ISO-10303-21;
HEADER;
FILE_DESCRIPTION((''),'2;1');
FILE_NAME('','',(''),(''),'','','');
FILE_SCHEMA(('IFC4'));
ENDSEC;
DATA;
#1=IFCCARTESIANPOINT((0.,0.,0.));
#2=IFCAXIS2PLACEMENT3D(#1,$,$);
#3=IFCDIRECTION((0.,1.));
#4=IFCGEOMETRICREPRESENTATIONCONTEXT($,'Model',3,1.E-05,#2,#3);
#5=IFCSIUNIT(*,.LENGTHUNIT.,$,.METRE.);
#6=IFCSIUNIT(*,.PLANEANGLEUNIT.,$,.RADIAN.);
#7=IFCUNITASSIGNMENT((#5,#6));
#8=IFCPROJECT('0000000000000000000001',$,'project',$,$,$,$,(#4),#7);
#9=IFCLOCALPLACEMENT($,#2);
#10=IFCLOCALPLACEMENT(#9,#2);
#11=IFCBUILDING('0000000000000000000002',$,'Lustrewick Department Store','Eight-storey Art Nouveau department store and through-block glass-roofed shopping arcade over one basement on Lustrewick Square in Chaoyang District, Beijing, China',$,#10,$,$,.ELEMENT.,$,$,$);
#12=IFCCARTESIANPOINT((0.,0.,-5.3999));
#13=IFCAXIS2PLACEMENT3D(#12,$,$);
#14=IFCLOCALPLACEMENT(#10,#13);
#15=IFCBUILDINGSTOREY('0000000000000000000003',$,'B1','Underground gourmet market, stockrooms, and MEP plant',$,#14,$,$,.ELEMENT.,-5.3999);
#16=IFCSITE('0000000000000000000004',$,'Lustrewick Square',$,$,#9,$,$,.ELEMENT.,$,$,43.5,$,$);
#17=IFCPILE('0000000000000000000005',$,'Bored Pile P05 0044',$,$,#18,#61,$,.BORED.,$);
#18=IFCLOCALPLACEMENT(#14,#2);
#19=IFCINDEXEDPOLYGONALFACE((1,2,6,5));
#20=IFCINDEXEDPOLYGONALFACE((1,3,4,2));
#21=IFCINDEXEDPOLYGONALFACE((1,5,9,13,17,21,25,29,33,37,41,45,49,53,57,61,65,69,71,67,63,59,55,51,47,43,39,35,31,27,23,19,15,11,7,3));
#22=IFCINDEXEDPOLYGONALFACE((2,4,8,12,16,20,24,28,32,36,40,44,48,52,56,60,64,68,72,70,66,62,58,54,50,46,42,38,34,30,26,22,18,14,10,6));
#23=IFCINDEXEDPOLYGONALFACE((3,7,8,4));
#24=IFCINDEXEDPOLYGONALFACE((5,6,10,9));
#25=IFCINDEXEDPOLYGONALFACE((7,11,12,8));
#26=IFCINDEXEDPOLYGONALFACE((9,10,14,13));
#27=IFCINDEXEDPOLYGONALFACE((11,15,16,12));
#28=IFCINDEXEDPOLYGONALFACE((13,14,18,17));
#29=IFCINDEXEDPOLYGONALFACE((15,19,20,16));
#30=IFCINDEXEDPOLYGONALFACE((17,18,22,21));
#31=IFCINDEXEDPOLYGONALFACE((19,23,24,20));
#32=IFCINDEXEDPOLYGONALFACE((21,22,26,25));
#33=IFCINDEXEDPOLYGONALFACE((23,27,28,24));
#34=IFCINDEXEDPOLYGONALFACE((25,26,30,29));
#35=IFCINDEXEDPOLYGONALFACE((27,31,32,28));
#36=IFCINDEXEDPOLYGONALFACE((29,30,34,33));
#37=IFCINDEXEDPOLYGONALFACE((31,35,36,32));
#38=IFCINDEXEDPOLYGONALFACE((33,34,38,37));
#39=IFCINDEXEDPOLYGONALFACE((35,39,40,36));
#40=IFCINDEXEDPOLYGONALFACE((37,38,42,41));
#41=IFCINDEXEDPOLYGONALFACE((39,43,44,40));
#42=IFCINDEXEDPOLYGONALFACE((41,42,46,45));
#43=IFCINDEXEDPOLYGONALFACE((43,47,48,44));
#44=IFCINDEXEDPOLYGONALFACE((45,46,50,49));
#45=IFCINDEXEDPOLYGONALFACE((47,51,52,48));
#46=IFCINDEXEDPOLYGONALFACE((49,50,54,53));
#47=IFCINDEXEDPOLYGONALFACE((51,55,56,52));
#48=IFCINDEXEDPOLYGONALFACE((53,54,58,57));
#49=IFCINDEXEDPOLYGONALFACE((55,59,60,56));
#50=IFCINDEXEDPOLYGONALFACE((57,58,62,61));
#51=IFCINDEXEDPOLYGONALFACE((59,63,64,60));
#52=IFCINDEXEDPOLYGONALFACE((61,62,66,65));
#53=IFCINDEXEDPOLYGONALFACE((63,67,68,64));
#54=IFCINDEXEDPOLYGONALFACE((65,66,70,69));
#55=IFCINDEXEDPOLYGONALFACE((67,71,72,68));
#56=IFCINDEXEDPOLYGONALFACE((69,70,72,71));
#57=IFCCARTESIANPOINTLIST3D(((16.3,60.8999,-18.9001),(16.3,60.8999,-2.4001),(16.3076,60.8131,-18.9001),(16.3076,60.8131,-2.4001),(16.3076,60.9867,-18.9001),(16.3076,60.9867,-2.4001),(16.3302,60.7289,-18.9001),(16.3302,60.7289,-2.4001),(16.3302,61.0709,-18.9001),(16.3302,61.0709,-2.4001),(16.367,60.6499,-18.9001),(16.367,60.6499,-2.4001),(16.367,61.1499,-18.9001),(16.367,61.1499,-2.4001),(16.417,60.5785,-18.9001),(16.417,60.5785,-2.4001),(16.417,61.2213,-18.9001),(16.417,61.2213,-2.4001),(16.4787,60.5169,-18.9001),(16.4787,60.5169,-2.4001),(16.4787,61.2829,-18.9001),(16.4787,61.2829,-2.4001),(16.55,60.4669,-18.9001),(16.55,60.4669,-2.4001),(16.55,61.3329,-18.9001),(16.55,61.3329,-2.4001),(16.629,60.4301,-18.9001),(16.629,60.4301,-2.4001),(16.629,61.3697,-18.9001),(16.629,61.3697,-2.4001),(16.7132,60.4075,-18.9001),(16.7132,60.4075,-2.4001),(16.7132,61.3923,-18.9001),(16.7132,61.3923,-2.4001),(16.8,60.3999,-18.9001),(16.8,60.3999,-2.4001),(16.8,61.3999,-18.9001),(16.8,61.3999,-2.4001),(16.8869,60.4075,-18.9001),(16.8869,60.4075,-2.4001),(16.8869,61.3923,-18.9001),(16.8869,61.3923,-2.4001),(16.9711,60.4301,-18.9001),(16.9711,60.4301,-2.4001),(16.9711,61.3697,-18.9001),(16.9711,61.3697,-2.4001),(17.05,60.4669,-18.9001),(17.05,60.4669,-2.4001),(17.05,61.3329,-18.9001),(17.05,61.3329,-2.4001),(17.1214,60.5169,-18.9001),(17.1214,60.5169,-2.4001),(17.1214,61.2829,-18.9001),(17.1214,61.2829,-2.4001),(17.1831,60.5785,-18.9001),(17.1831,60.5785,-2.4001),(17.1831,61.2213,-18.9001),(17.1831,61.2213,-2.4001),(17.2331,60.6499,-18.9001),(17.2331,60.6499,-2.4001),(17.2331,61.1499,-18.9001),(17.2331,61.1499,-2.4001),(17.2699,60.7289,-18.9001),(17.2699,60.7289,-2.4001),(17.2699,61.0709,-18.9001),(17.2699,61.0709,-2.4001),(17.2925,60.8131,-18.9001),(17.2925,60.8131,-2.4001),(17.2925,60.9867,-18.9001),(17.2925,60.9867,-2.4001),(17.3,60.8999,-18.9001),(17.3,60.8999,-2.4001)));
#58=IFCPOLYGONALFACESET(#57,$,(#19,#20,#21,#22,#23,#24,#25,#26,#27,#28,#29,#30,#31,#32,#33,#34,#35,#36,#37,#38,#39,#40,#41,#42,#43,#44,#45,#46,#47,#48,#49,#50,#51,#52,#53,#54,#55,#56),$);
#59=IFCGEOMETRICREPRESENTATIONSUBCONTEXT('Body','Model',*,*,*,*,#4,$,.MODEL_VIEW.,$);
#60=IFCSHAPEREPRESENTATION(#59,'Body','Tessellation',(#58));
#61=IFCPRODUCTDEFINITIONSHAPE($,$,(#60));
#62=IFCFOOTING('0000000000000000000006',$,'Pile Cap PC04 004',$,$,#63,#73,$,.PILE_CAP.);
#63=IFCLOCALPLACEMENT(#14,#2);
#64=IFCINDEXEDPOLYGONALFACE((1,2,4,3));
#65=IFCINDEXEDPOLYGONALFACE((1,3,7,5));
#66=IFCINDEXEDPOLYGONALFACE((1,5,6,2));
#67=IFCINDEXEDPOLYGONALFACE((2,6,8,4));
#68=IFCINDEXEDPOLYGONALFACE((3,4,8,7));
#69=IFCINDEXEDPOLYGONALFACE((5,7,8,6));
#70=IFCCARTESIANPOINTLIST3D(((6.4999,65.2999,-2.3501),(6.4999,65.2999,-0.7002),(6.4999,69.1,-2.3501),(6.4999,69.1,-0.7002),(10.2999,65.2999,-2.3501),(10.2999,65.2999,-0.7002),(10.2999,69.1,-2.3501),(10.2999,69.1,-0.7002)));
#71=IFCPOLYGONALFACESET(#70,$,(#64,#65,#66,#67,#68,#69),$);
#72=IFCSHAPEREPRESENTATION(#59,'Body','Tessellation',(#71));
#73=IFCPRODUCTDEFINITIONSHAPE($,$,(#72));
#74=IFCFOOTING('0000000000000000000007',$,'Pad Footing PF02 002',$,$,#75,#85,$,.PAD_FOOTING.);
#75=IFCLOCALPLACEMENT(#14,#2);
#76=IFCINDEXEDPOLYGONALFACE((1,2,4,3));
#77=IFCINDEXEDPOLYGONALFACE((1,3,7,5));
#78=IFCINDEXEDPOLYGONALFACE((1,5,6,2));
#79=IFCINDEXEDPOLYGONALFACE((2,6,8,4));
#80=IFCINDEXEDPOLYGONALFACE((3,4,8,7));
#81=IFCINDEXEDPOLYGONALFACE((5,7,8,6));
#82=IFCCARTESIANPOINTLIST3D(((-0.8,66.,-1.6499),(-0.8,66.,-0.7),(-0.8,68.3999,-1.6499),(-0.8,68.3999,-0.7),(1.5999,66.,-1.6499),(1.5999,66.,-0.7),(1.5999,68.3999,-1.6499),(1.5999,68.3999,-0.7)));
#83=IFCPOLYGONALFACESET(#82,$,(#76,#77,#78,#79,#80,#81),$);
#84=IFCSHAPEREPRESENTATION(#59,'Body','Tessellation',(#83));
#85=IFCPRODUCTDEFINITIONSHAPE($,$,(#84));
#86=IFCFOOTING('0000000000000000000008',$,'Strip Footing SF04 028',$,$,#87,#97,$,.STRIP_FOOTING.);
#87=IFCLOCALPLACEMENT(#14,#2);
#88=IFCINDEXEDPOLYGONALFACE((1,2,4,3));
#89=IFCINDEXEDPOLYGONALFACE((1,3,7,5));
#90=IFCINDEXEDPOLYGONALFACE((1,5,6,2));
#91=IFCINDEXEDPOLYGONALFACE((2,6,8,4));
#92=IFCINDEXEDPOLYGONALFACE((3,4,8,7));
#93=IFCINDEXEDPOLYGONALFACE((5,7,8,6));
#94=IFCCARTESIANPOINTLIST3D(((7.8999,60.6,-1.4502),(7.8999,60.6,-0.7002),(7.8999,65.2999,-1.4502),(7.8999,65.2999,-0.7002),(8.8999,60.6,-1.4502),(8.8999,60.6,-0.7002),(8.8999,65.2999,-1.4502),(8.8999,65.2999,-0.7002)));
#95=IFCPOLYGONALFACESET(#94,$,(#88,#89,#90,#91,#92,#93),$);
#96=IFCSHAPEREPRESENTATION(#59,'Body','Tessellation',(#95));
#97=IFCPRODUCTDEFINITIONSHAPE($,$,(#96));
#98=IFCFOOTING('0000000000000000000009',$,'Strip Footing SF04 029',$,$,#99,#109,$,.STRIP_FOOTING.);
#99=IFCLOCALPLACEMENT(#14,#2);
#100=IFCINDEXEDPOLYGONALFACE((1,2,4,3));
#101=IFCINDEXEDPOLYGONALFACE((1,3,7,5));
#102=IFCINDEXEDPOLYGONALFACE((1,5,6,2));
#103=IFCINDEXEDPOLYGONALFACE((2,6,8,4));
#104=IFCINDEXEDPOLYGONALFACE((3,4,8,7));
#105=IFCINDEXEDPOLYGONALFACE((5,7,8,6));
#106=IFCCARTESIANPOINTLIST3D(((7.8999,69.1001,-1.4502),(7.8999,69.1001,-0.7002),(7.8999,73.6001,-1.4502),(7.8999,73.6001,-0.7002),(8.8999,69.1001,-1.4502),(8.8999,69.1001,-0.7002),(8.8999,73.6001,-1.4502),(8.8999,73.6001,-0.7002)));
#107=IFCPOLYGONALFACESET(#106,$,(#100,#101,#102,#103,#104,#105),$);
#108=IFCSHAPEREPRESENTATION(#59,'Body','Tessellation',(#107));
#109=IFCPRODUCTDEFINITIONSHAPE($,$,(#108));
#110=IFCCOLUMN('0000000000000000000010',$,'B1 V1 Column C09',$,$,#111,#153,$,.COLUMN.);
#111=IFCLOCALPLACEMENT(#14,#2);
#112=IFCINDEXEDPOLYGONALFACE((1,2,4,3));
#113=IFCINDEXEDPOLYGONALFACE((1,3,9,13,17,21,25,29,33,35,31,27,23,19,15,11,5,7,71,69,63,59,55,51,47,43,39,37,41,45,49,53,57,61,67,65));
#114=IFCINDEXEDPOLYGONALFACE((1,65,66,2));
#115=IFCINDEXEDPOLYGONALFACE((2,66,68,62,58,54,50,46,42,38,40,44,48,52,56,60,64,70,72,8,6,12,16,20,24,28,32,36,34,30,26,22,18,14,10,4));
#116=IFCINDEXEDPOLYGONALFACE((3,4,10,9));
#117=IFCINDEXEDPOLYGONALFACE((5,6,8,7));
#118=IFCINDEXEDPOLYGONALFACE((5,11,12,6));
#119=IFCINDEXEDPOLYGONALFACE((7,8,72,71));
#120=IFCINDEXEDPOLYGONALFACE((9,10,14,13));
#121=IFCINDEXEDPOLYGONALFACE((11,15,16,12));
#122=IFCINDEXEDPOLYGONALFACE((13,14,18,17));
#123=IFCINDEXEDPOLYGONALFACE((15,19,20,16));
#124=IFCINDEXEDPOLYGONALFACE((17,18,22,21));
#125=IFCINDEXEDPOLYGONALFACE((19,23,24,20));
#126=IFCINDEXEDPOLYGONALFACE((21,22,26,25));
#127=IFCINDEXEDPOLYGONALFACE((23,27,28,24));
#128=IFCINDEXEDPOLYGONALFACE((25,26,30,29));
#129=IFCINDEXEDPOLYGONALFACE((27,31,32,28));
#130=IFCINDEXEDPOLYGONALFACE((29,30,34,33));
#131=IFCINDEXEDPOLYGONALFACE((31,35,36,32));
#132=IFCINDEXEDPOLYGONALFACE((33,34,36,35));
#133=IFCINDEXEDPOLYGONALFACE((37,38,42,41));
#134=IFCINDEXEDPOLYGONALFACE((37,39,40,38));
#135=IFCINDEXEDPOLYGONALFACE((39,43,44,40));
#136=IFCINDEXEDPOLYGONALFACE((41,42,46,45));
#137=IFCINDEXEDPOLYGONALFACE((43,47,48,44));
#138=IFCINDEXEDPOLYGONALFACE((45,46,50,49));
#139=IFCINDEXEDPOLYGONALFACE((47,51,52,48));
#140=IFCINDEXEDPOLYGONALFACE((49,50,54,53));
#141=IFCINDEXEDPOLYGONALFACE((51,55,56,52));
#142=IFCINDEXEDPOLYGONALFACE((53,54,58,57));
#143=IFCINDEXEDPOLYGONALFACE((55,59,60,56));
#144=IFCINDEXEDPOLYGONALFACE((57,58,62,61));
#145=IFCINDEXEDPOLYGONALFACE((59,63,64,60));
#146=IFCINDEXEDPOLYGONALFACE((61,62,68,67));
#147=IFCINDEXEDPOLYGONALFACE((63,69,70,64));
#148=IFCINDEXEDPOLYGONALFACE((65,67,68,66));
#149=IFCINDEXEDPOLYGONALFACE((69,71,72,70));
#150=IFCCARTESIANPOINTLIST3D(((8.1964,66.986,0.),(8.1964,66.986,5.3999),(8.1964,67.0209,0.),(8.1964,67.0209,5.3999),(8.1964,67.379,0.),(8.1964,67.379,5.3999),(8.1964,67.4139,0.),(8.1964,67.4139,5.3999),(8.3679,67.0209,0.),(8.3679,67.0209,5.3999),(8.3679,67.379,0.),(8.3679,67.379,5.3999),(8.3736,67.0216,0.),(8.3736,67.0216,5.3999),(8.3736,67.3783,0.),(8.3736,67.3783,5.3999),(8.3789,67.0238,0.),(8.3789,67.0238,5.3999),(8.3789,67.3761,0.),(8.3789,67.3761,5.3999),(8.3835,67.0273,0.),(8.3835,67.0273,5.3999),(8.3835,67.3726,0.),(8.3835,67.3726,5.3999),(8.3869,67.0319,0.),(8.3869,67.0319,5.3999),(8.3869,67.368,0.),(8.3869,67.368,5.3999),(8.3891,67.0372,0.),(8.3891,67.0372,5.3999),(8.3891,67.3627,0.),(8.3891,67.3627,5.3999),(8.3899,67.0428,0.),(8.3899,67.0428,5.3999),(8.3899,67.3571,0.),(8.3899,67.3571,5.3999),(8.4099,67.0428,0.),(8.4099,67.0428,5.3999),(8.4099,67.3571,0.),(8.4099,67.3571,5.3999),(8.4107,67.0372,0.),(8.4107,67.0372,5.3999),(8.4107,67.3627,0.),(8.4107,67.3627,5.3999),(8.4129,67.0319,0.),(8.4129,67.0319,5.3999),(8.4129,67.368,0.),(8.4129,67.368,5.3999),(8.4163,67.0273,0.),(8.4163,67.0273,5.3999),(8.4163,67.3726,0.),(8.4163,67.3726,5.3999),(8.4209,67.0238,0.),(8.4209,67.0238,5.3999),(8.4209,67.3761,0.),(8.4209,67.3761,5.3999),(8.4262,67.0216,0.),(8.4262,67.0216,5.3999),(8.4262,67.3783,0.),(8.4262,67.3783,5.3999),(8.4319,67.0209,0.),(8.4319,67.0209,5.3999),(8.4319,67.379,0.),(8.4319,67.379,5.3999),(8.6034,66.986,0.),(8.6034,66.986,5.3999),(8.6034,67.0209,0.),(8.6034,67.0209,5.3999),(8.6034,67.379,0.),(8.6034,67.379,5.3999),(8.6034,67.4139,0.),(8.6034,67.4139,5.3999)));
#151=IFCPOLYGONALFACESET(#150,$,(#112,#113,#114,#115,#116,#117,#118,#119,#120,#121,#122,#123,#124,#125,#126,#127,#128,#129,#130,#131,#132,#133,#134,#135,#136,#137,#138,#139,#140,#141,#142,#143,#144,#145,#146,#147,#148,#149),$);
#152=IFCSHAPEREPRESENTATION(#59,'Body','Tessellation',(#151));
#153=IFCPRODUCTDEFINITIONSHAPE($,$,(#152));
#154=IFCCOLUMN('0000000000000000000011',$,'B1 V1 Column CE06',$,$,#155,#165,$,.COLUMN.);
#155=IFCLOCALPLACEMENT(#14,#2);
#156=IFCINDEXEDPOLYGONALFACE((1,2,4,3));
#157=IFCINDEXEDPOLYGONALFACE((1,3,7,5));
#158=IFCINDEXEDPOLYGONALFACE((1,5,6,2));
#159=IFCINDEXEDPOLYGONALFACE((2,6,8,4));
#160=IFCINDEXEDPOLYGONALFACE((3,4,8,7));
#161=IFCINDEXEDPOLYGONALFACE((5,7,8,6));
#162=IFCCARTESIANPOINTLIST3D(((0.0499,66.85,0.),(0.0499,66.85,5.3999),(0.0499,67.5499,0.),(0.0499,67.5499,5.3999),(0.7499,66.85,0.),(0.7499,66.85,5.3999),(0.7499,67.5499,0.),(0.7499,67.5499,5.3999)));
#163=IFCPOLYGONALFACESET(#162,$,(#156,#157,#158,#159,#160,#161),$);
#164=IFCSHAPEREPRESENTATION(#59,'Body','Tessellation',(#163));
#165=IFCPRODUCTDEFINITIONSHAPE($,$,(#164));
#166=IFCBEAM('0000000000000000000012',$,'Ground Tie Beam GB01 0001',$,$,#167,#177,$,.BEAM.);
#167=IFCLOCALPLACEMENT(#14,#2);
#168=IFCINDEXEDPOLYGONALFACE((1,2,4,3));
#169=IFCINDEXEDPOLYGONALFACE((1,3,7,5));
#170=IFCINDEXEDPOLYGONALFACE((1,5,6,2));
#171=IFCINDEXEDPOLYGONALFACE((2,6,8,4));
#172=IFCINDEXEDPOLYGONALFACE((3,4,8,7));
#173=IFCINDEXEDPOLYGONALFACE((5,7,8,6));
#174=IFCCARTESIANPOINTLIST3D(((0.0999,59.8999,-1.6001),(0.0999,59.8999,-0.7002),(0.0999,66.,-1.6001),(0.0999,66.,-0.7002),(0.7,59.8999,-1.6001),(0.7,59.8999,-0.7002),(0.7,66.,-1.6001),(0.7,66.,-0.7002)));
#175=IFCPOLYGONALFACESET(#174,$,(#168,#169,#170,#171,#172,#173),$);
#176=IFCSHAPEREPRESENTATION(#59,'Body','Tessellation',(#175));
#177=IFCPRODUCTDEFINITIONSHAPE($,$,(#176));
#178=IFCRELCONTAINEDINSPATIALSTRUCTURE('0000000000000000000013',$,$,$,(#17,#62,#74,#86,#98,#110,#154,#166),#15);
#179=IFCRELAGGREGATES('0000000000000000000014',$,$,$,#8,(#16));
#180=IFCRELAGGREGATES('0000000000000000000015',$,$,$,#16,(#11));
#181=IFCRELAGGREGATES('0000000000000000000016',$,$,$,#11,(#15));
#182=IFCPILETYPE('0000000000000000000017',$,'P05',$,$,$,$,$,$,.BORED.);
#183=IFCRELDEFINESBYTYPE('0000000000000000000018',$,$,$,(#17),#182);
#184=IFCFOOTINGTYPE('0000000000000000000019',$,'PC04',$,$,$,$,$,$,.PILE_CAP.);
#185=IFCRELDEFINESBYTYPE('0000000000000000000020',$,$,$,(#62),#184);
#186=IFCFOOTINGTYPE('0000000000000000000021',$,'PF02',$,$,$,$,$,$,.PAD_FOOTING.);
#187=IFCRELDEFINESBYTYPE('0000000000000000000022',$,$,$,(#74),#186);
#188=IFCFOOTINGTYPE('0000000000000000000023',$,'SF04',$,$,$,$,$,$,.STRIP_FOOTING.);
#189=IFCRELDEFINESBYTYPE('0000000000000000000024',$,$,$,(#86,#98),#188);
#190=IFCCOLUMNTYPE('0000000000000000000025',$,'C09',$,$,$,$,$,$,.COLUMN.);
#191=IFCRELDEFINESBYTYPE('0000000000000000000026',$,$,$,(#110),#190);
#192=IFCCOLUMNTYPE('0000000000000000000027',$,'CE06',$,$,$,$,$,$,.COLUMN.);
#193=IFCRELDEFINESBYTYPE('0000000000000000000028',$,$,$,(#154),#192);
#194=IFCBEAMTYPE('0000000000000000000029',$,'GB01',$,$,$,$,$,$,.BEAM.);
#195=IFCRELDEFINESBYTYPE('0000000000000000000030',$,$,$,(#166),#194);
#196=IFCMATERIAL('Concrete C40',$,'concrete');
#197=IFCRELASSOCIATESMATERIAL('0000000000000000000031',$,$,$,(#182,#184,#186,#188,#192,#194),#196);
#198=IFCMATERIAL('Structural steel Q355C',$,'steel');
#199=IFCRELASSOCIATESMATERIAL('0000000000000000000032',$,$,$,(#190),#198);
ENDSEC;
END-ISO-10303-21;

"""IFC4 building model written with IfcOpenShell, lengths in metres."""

from ifc_helpers import new_model, si_unit, direction, frame, origin, origin_2d, place, context, subcontext, project, spatial, rectangle, circle, i_section, extrude, material, material_profile, profile_set, type_object, element, save


model = new_model("IFC4")

# Units and contexts
model_context = context("Model", 3, precision=1e-05, world=origin(), true_north=direction((0.0, 1.0)))
body_context = subcontext(model_context, "Body", "Model", "MODEL_VIEW")
ifc_project = project(units=[si_unit("LENGTHUNIT", "METRE"), si_unit("PLANEANGLEUNIT", "RADIAN")], contexts=[model_context])

# Site, building, storey
site_placement = place(None, origin())
site = spatial("IfcSite", under=ifc_project, at=site_placement, Name="Lustrewick Square", CompositionType="ELEMENT", RefElevation=43.5)
building_placement = place(site_placement, origin())
building = spatial("IfcBuilding", under=site, at=building_placement, Name="Lustrewick Department Store", Description="Eight-storey Art Nouveau department store and through-block glass-roofed shopping arcade over one basement on Lustrewick Square in Chaoyang District, Beijing, China", CompositionType="ELEMENT")
storey_placement = place(building_placement, frame((0.0, 0.0, -5.3999)))
storey = spatial("IfcBuildingStorey", under=building, at=storey_placement, Name="B1", Description="Underground gourmet market, stockrooms, and MEP plant", CompositionType="ELEMENT", Elevation=-5.3999)

# Pile
ifc_material_1 = material(Name="Concrete C40", Category="concrete")
ifc_material_profile_1 = material_profile(ifc_material_1, circle(Radius=0.5, at=origin_2d()), Name="PILE D1000")
ifc_profile_set_1 = profile_set([ifc_material_profile_1], Name="Concrete C40")
pile_type_1 = type_object("IfcPileType", Name="P05", PredefinedType="BORED", material=ifc_profile_set_1)
for number, where, z_axis, x_axis, name in (
    (1, (16.8, 60.8999, -2.4001), (0.0, 0.0, -1.0), (1.0, 0.0, 0.0), "Bored Pile P05 0044"),
):
    element("IfcPile", number, at=place(storey_placement, frame(where, z_axis=z_axis, x_axis=x_axis)), inside=storey, type_object=pile_type_1, Name=name, PredefinedType="BORED", context=body_context, shape_type="SweptSolid", body=[
        extrude(circle(Radius=0.5, at=origin_2d()), origin(), (0.0, 0.0, 1.0), 16.5),
    ])

# Footings
footing_type_1 = type_object("IfcFootingType", Name="PC04", PredefinedType="PILE_CAP", material=ifc_material_1)
footing_1_placement = place(storey_placement, frame((8.3999, 67.2, -2.3501), z_axis=(0.0, 0.0, 1.0), x_axis=(1.0, 0.0, 0.0)))
element("IfcFooting", 2, at=footing_1_placement, inside=storey, type_object=footing_type_1, Name="Pile Cap PC04 004", PredefinedType="PILE_CAP", context=body_context, shape_type="SweptSolid", body=[
    extrude(rectangle(XDim=3.8, YDim=3.8, at=origin_2d()), origin(), (0.0, 0.0, 1.0), 1.6499),
])
footing_type_2 = type_object("IfcFootingType", Name="PF02", PredefinedType="PAD_FOOTING", material=ifc_material_1)
footing_2_placement = place(storey_placement, frame((0.3999, 67.2, -1.6499), z_axis=(0.0, 0.0, 1.0), x_axis=(1.0, 0.0, 0.0)))
element("IfcFooting", 3, at=footing_2_placement, inside=storey, type_object=footing_type_2, Name="Pad Footing PF02 002", PredefinedType="PAD_FOOTING", context=body_context, shape_type="SweptSolid", body=[
    extrude(rectangle(XDim=2.3999, YDim=2.3999, at=origin_2d()), origin(), (0.0, 0.0, 1.0), 0.95),
])
footing_type_3 = type_object("IfcFootingType", Name="SF04", PredefinedType="STRIP_FOOTING", material=ifc_material_1)
footing_3_placement = place(storey_placement, frame((8.3999, 62.95, -1.4502), z_axis=(0.0, 0.0, 1.0), x_axis=(0.0, 1.0, 0.0)))
element("IfcFooting", 4, at=footing_3_placement, inside=storey, type_object=footing_type_3, Name="Strip Footing SF04 028", PredefinedType="STRIP_FOOTING", context=body_context, shape_type="SweptSolid", body=[
    extrude(rectangle(XDim=4.7, YDim=1.0, at=origin_2d()), origin(), (0.0, 0.0, 1.0), 0.75),
])
footing_4_placement = place(storey_placement, frame((8.3999, 71.3501, -1.4502), z_axis=(0.0, 0.0, 1.0), x_axis=(0.0, 1.0, 0.0)))
element("IfcFooting", 5, at=footing_4_placement, inside=storey, type_object=footing_type_3, Name="Strip Footing SF04 029", PredefinedType="STRIP_FOOTING", context=body_context, shape_type="SweptSolid", body=[
    extrude(rectangle(XDim=4.5, YDim=1.0, at=origin_2d()), origin(), (0.0, 0.0, 1.0), 0.75),
])

# Columns
ifc_material_2 = material(Name="Structural steel Q355C", Category="steel")
ifc_material_profile_2 = material_profile(ifc_material_2, i_section(OverallWidth=0.407, OverallDepth=0.428, WebThickness=0.02, FlangeThickness=0.0349, FilletRadius=0.022, at=origin_2d()), Name="HW 428x407x20x35")
ifc_profile_set_2 = profile_set([ifc_material_profile_2], Name="Structural steel Q355C")
column_type_1 = type_object("IfcColumnType", Name="C09", PredefinedType="COLUMN", material=ifc_profile_set_2)
column_1_placement = place(storey_placement, frame((8.3999, 67.2, 0.0), z_axis=(0.0, 0.0, 1.0), x_axis=(1.0, 0.0, 0.0)))
element("IfcColumn", 6, at=column_1_placement, inside=storey, type_object=column_type_1, Name="B1 V1 Column C09", PredefinedType="COLUMN", context=body_context, shape_type="SweptSolid", body=[
    extrude(i_section(OverallWidth=0.407, OverallDepth=0.428, WebThickness=0.02, FlangeThickness=0.0349, FilletRadius=0.022, at=origin_2d()), origin(), (0.0, 0.0, 1.0), 5.3999),
])
ifc_material_profile_3 = material_profile(ifc_material_1, rectangle(XDim=0.7, YDim=0.7, at=origin_2d()), Name="RC 700x700")
ifc_profile_set_3 = profile_set([ifc_material_profile_3], Name="Concrete C40")
column_type_2 = type_object("IfcColumnType", Name="CE06", PredefinedType="COLUMN", material=ifc_profile_set_3)
column_2_placement = place(storey_placement, frame((0.3999, 67.2, 0.0), z_axis=(0.0, 0.0, 1.0), x_axis=(1.0, 0.0, 0.0)))
element("IfcColumn", 7, at=column_2_placement, inside=storey, type_object=column_type_2, Name="B1 V1 Column CE06", PredefinedType="COLUMN", context=body_context, shape_type="SweptSolid", body=[
    extrude(rectangle(XDim=0.7, YDim=0.7, at=origin_2d()), origin(), (0.0, 0.0, 1.0), 5.3999),
])

# Beam
ifc_material_profile_4 = material_profile(ifc_material_1, rectangle(XDim=0.6001, YDim=0.8999, at=origin_2d()), Name="RC 600x900")
ifc_profile_set_4 = profile_set([ifc_material_profile_4], Name="Concrete C40")
beam_type_1 = type_object("IfcBeamType", Name="GB01", PredefinedType="BEAM", material=ifc_profile_set_4)
beam_1_placement = place(storey_placement, frame((0.3999, 59.8999, -1.1501), z_axis=(0.0, 1.0, 0.0), x_axis=(-1.0, 0.0, 0.0)))
element("IfcBeam", 8, at=beam_1_placement, inside=storey, type_object=beam_type_1, Name="Ground Tie Beam GB01 0001", PredefinedType="BEAM", context=body_context, shape_type="SweptSolid", body=[
    extrude(rectangle(XDim=0.6001, YDim=0.8999, at=origin_2d()), origin(), (0.0, 0.0, 1.0), 6.1001),
])

save(model, "model.ifc")
